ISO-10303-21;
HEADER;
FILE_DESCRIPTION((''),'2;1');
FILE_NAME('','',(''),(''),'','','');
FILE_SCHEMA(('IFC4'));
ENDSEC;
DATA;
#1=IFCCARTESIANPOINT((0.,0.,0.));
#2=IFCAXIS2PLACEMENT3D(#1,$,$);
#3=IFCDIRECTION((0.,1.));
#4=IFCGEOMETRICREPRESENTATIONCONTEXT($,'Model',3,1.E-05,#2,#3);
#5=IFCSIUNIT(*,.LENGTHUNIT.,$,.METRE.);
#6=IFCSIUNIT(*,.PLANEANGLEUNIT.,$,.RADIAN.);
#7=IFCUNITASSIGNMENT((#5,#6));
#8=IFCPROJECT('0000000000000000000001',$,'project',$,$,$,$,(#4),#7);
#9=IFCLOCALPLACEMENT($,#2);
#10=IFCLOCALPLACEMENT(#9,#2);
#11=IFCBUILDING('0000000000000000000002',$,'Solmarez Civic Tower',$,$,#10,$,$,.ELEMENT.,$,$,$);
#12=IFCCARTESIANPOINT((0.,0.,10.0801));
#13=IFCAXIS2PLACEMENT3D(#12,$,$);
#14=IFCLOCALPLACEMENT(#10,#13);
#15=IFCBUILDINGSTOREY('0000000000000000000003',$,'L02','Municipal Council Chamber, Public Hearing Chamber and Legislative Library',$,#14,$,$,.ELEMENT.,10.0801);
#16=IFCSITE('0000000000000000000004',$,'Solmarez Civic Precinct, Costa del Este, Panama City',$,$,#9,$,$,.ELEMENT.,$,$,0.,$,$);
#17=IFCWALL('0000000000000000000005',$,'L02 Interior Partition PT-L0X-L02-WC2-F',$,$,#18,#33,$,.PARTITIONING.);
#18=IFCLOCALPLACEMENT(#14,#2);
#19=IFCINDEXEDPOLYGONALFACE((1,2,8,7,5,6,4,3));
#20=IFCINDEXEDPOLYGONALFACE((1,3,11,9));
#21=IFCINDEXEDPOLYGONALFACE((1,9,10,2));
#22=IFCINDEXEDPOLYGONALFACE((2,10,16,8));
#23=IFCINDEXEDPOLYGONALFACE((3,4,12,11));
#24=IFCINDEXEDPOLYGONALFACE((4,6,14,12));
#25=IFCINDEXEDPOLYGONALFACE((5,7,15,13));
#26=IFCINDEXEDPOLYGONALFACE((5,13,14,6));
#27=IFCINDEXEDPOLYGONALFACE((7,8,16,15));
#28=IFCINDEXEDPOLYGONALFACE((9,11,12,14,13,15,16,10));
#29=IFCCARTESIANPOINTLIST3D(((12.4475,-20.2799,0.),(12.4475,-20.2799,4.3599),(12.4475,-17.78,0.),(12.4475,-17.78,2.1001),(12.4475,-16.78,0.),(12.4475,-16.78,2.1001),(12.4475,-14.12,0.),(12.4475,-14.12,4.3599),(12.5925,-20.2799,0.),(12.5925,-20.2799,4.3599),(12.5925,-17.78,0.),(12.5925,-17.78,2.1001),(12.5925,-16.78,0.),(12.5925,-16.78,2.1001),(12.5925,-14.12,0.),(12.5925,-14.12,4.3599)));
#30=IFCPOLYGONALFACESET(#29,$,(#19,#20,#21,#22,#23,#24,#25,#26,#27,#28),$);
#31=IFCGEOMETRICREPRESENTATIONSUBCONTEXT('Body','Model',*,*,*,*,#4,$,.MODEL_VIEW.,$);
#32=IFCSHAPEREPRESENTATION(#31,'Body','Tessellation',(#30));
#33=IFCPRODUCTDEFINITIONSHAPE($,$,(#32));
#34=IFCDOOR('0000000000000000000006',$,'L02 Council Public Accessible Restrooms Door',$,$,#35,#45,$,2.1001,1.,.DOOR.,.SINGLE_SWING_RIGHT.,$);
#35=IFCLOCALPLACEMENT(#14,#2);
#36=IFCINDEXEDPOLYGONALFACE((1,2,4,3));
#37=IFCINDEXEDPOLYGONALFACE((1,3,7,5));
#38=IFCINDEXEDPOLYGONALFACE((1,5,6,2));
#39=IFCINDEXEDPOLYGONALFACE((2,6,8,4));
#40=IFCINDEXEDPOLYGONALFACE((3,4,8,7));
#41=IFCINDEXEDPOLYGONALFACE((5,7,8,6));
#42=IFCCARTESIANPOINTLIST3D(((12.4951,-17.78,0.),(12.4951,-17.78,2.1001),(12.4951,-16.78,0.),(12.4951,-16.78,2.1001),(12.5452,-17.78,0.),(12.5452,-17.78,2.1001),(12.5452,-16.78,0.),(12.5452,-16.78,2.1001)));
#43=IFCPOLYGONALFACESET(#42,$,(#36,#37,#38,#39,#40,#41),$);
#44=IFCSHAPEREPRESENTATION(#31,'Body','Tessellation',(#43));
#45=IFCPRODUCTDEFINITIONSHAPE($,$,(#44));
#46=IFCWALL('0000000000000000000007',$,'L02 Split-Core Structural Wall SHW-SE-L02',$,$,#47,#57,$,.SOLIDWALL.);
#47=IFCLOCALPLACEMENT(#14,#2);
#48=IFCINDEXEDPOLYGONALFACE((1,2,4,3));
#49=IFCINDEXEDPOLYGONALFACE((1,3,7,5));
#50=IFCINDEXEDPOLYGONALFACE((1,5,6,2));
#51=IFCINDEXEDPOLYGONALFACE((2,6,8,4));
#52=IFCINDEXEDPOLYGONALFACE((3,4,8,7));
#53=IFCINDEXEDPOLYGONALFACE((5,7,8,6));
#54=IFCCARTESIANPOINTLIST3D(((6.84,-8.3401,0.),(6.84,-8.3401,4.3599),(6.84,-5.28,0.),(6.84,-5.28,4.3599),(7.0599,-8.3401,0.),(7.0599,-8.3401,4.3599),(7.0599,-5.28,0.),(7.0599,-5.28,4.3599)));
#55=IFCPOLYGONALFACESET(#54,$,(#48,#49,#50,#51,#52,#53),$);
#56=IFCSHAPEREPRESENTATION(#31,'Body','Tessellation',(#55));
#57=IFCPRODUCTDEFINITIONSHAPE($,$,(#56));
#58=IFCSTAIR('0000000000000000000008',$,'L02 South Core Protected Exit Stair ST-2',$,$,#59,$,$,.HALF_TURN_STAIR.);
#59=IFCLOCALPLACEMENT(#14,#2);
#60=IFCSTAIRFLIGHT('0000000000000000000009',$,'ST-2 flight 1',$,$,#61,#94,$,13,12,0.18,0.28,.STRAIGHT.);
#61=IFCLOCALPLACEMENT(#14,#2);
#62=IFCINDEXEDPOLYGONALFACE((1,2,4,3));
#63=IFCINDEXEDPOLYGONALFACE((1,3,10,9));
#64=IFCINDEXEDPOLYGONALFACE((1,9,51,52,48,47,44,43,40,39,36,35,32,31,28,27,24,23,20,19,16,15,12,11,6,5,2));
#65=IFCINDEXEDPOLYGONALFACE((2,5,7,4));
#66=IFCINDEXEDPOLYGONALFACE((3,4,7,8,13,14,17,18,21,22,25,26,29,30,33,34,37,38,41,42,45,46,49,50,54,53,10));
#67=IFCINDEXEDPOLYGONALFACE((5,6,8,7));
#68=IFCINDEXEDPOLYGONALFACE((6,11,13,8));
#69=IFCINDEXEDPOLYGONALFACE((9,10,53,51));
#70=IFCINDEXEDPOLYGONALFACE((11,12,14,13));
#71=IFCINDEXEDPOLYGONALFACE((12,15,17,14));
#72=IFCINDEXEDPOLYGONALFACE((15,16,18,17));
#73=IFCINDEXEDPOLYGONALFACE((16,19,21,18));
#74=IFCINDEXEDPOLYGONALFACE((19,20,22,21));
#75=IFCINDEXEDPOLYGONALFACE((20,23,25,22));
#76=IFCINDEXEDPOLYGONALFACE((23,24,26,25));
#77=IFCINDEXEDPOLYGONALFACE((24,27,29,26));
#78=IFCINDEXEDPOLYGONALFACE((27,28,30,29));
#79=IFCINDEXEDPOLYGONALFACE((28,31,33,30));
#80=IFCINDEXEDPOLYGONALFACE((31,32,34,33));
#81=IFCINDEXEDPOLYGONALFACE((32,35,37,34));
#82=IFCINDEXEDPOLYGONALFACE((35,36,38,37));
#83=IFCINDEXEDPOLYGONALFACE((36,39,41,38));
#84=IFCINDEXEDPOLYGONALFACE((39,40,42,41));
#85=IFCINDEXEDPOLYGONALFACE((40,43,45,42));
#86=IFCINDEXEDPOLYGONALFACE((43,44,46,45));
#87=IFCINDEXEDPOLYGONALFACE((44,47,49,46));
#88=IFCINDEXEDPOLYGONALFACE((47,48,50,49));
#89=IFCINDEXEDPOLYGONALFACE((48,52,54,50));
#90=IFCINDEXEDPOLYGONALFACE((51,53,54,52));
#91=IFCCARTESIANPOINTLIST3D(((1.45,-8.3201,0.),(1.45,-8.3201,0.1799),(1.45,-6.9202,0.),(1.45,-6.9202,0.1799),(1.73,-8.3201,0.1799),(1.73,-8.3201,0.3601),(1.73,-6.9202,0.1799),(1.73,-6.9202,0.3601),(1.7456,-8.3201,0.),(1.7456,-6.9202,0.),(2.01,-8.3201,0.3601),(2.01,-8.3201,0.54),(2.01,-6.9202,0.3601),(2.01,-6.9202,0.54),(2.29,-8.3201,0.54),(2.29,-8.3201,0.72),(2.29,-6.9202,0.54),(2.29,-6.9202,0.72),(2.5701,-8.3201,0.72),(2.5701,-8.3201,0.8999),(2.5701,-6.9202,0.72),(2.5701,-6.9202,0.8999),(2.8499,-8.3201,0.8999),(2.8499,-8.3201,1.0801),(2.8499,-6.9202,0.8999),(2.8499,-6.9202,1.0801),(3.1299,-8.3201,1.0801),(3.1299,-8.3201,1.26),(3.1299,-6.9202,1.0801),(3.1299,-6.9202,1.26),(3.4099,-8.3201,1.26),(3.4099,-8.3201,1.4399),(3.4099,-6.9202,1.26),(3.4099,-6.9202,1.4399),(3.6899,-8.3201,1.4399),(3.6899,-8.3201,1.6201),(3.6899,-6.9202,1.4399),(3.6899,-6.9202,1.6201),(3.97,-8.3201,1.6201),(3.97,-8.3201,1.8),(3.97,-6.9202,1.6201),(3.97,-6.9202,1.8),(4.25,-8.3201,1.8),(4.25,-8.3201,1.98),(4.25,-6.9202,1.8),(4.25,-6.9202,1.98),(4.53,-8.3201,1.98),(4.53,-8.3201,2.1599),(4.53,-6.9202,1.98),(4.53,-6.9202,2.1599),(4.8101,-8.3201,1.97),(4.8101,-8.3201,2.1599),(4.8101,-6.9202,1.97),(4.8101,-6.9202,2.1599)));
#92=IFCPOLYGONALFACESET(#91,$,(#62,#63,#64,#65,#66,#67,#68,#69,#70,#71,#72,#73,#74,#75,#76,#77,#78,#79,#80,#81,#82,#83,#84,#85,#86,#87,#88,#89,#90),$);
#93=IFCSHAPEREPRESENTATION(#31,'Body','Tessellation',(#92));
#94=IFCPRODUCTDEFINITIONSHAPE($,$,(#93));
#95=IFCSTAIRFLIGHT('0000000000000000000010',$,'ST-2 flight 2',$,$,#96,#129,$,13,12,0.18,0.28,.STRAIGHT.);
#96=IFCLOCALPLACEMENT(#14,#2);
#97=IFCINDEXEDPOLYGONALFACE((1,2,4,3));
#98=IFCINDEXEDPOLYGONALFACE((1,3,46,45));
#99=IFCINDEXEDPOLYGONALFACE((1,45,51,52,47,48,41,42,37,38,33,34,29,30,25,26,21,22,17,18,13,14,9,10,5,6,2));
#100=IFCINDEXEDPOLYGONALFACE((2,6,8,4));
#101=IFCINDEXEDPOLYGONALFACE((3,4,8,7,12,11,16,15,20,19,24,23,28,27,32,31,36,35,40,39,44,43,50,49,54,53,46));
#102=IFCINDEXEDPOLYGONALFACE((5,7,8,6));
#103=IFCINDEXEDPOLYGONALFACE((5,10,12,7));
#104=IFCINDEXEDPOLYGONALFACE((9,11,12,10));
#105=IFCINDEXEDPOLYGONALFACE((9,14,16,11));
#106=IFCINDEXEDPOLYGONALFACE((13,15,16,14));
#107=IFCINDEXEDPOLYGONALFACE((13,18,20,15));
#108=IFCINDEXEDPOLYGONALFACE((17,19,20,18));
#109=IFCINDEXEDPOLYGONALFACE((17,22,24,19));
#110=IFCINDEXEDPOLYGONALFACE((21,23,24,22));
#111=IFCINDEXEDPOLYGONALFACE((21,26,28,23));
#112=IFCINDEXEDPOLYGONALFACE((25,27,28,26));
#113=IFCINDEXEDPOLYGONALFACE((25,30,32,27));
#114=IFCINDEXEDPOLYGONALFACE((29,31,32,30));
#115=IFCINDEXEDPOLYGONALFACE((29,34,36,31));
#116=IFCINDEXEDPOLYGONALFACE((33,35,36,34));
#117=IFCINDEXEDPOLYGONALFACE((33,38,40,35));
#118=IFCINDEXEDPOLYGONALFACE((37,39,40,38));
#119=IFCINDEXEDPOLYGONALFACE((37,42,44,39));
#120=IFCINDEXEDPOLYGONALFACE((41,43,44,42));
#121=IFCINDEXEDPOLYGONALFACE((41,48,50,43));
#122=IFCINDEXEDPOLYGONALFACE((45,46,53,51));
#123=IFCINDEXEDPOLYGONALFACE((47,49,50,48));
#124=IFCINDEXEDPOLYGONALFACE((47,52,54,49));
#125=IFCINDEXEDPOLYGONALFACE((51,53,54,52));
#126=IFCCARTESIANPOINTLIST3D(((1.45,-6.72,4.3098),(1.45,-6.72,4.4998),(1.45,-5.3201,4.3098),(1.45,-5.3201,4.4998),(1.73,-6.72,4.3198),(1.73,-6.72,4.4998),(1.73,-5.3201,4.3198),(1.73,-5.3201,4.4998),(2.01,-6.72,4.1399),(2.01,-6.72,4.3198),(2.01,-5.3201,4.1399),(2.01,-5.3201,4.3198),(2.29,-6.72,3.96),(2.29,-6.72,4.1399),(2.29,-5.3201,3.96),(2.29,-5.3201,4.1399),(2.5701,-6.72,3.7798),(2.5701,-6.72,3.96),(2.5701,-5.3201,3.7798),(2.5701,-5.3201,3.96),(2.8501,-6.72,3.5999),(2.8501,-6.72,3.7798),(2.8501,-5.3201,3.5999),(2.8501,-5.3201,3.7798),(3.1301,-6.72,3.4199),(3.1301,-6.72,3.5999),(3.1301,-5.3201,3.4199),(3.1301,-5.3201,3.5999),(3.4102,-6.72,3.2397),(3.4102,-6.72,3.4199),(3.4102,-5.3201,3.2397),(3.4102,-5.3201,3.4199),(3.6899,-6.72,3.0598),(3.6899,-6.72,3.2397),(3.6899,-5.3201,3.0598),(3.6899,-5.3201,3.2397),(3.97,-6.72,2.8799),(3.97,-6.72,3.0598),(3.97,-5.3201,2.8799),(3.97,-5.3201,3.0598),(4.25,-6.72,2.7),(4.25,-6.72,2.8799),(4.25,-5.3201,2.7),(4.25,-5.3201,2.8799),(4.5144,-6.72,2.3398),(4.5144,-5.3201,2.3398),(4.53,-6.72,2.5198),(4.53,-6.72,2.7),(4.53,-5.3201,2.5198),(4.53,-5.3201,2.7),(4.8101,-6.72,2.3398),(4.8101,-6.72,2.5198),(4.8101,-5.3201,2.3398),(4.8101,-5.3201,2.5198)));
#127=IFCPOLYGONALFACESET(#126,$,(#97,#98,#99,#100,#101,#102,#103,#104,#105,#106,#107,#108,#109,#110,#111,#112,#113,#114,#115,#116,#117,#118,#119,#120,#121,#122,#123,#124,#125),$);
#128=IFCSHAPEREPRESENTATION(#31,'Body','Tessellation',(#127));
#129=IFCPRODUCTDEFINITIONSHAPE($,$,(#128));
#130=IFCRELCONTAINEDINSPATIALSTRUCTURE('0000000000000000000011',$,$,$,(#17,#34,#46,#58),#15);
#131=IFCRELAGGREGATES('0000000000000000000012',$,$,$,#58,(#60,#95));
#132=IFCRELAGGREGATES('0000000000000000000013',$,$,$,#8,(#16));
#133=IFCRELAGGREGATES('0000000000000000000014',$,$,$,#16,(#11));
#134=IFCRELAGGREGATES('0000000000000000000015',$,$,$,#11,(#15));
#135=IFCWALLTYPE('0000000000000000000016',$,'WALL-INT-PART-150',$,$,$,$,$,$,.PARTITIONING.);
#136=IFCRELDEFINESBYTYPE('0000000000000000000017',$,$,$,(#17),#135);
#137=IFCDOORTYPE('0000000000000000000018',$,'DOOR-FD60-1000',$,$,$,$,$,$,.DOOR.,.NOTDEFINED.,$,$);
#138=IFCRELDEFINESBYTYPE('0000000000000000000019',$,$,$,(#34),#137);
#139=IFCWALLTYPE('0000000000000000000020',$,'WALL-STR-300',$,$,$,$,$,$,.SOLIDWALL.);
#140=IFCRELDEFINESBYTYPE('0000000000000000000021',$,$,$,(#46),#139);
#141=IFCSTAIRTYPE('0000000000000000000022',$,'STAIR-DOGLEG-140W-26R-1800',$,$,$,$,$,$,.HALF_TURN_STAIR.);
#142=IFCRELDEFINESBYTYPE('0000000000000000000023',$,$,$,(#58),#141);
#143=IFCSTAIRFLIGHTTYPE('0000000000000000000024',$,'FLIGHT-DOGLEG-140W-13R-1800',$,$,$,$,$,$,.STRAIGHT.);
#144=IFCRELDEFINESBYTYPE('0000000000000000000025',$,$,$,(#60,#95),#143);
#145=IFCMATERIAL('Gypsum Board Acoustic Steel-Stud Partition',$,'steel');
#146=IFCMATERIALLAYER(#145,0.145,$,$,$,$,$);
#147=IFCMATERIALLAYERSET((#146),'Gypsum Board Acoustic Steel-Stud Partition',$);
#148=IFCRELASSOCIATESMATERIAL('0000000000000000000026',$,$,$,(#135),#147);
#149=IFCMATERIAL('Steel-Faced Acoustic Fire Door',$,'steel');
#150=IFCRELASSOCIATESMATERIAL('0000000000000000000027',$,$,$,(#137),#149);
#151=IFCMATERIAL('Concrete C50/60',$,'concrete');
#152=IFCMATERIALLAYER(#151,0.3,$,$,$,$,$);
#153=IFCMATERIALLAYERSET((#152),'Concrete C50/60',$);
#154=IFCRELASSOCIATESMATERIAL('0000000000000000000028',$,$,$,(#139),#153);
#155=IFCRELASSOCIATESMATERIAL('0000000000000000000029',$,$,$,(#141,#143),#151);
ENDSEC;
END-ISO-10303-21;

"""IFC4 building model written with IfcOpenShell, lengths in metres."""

from ifc_helpers import new_model, si_unit, direction, frame, frame_2d, origin, place, context, subcontext, project, spatial, polyline, rectangle, outline, extrude, material, layer, layer_set, type_object, element, fill, aggregate, save


model = new_model("IFC4")

# Units and contexts
model_context = context("Model", 3, precision=1e-05, world=origin(), true_north=direction((0.0, 1.0)))
body_context = subcontext(model_context, "Body", "Model", "MODEL_VIEW")
ifc_project = project(units=[si_unit("LENGTHUNIT", "METRE"), si_unit("PLANEANGLEUNIT", "RADIAN")], contexts=[model_context])

# Site, building, storey
site_placement = place(None, origin())
site = spatial("IfcSite", under=ifc_project, at=site_placement, Name="Solmarez Civic Precinct, Costa del Este, Panama City", CompositionType="ELEMENT", RefElevation=0.0)
building_placement = place(site_placement, origin())
building = spatial("IfcBuilding", under=site, at=building_placement, Name="Solmarez Civic Tower", CompositionType="ELEMENT")
storey_placement = place(building_placement, frame((0.0, 0.0, 10.0801)))
storey = spatial("IfcBuildingStorey", under=building, at=storey_placement, Name="L02", Description="Municipal Council Chamber, Public Hearing Chamber and Legislative Library", CompositionType="ELEMENT", Elevation=10.0801)

# Shared definitions
ifc_material_1 = material(Name="Concrete C50/60", Category="concrete")

# Shared definitions
ifc_material_2 = material(Name="Gypsum Board Acoustic Steel-Stud Partition", Category="steel")

# Wall, opening, door
ifc_layer_1 = layer(ifc_material_2, 0.145)
ifc_layer_set_1 = layer_set([ifc_layer_1], Name="Gypsum Board Acoustic Steel-Stud Partition")
wall_type_1 = type_object("IfcWallType", Name="WALL-INT-PART-150", PredefinedType="PARTITIONING", material=ifc_layer_set_1)
wall_1_placement = place(storey_placement, frame((12.52, -20.28, 0.0), z_axis=(0.0, 0.0, 1.0), x_axis=(0.0, 1.0, 0.0)))
wall_1 = element("IfcWall", 1, at=wall_1_placement, inside=storey, type_object=wall_type_1, Name="L02 Interior Partition PT-L0X-L02-WC2-F", PredefinedType="PARTITIONING", context=body_context, shape_type="SweptSolid", body=[
    extrude(rectangle(XDim=6.1599, YDim=0.145, at=frame_2d((3.0801, 0.0))), origin(), (0.0, 0.0, 1.0), 4.3599),
])
opening_placement = place(wall_1_placement, frame((2.5, 0.0, 0.0)))
opening = element("IfcOpeningElement", 2, at=opening_placement, cuts=wall_1, PredefinedType="OPENING", context=body_context, shape_type="SweptSolid", body=[
    extrude(rectangle(XDim=1.0, YDim=2.1001, at=frame_2d((0.5, 1.05))), frame((0.0, 0.0825, 0.0), z_axis=(0.0, -1.0, 0.0), x_axis=(1.0, 0.0, 0.0)), (0.0, 0.0, 1.0), 0.165),
])
ifc_material_3 = material(Name="Steel-Faced Acoustic Fire Door", Category="steel")
door_type = type_object("IfcDoorType", Name="DOOR-FD60-1000", OperationType="NOTDEFINED", PredefinedType="DOOR", material=ifc_material_3)
door_placement = place(opening_placement, origin())
door = element("IfcDoor", 3, at=door_placement, inside=storey, type_object=door_type, Name="L02 Council Public Accessible Restrooms Door", OperationType="SINGLE_SWING_RIGHT", OverallHeight=2.1001, OverallWidth=1.0, PredefinedType="DOOR", context=body_context, shape_type="SweptSolid", body=[
    extrude(rectangle(XDim=1.0, YDim=2.1001, at=frame_2d((0.5, 1.05))), frame((0.0, 0.0249, 0.0), z_axis=(0.0, -1.0, 0.0), x_axis=(1.0, 0.0, 0.0)), (0.0, 0.0, 1.0), 0.05),
])
fill(opening, door)

# Wall
ifc_layer_2 = layer(ifc_material_1, 0.3)
ifc_layer_set_2 = layer_set([ifc_layer_2], Name="Concrete C50/60")
wall_type_2 = type_object("IfcWallType", Name="WALL-STR-300", PredefinedType="SOLIDWALL", material=ifc_layer_set_2)
wall_2_placement = place(storey_placement, frame((6.95, -8.3401, 0.0), z_axis=(0.0, 0.0, 1.0), x_axis=(0.0, 1.0, 0.0)))
element("IfcWall", 4, at=wall_2_placement, inside=storey, type_object=wall_type_2, Name="L02 Split-Core Structural Wall SHW-SE-L02", PredefinedType="SOLIDWALL", context=body_context, shape_type="SweptSolid", body=[
    extrude(rectangle(XDim=3.0601, YDim=0.22, at=frame_2d((1.53, 0.0))), origin(), (0.0, 0.0, 1.0), 4.3599),
])

# Stair, stair flights
stair_type = type_object("IfcStairType", Name="STAIR-DOGLEG-140W-26R-1800", PredefinedType="HALF_TURN_STAIR", material=ifc_material_1)
stair_placement = place(storey_placement, origin())
stair = element("IfcStair", 5, at=stair_placement, inside=storey, type_object=stair_type, Name="L02 South Core Protected Exit Stair ST-2", PredefinedType="HALF_TURN_STAIR")
stair_flight_type = type_object("IfcStairFlightType", Name="FLIGHT-DOGLEG-140W-13R-1800", PredefinedType="STRAIGHT", material=ifc_material_1)
stair_flight_1_placement = place(storey_placement, frame((1.45, -7.6201, 0.0), z_axis=(0.0, 0.0, 1.0), x_axis=(1.0, 0.0, 0.0)))
stair_flight_1 = element("IfcStairFlight", 6, at=stair_flight_1_placement, type_object=stair_flight_type, Name="ST-2 flight 1", NumberOfRisers=13, NumberOfTreads=12, PredefinedType="STRAIGHT", RiserHeight=0.18, TreadLength=0.28, context=body_context, shape_type="SweptSolid", body=[
    extrude(outline(polyline([(0.0, 0.0), (0.0, 0.1799), (0.28, 0.1799), (0.28, 0.3601), (0.5601, 0.3601), (0.5601, 0.54), (0.8401, 0.54), (0.8401, 0.72), (1.1201, 0.72), (1.1201, 0.8999), (1.3999, 0.8999), (1.3999, 1.0801), (1.6799, 1.0801), (1.6799, 1.26), (1.96, 1.26), (1.96, 1.4399), (2.24, 1.4399), (2.24, 1.6201), (2.52, 1.6201), (2.52, 1.8), (2.8, 1.8), (2.8, 1.98), (3.0801, 1.98), (3.0801, 2.1599), (3.3601, 2.1599), (3.3601, 2.3401), (3.3601, 1.97), (0.2957, 0.0), (0.0, 0.0)])), frame((0.0, 0.7, 0.0), z_axis=(0.0, -1.0, 0.0), x_axis=(1.0, 0.0, 0.0)), (0.0, 0.0, 1.0), 1.3999),
])
stair_flight_2_placement = place(storey_placement, frame((4.8101, -6.02, 2.3398), z_axis=(0.0, 0.0, 1.0), x_axis=(-1.0, 0.0, 0.0)))
stair_flight_2 = element("IfcStairFlight", 7, at=stair_flight_2_placement, type_object=stair_flight_type, Name="ST-2 flight 2", NumberOfRisers=13, NumberOfTreads=12, PredefinedType="STRAIGHT", RiserHeight=0.18, TreadLength=0.28, context=body_context, shape_type="SweptSolid", body=[
    extrude(outline(polyline([(0.0, 0.0), (0.0, 0.1799), (0.28, 0.1799), (0.28, 0.3601), (0.5601, 0.3601), (0.5601, 0.54), (0.8401, 0.54), (0.8401, 0.72), (1.1201, 0.72), (1.1201, 0.8999), (1.3999, 0.8999), (1.3999, 1.0801), (1.6799, 1.0801), (1.6799, 1.26), (1.96, 1.26), (1.96, 1.4399), (2.24, 1.4399), (2.24, 1.6201), (2.52, 1.6201), (2.52, 1.8), (2.8, 1.8), (2.8, 1.98), (3.0801, 1.98), (3.0801, 2.1599), (3.3601, 2.1599), (3.3601, 2.3401), (3.3601, 1.97), (0.2957, 0.0), (0.0, 0.0)])), frame((0.0, 0.7, 0.0), z_axis=(0.0, -1.0, 0.0), x_axis=(1.0, 0.0, 0.0)), (0.0, 0.0, 1.0), 1.3999),
])
aggregate(stair, [stair_flight_1, stair_flight_2])

save(model, "model.ifc")
